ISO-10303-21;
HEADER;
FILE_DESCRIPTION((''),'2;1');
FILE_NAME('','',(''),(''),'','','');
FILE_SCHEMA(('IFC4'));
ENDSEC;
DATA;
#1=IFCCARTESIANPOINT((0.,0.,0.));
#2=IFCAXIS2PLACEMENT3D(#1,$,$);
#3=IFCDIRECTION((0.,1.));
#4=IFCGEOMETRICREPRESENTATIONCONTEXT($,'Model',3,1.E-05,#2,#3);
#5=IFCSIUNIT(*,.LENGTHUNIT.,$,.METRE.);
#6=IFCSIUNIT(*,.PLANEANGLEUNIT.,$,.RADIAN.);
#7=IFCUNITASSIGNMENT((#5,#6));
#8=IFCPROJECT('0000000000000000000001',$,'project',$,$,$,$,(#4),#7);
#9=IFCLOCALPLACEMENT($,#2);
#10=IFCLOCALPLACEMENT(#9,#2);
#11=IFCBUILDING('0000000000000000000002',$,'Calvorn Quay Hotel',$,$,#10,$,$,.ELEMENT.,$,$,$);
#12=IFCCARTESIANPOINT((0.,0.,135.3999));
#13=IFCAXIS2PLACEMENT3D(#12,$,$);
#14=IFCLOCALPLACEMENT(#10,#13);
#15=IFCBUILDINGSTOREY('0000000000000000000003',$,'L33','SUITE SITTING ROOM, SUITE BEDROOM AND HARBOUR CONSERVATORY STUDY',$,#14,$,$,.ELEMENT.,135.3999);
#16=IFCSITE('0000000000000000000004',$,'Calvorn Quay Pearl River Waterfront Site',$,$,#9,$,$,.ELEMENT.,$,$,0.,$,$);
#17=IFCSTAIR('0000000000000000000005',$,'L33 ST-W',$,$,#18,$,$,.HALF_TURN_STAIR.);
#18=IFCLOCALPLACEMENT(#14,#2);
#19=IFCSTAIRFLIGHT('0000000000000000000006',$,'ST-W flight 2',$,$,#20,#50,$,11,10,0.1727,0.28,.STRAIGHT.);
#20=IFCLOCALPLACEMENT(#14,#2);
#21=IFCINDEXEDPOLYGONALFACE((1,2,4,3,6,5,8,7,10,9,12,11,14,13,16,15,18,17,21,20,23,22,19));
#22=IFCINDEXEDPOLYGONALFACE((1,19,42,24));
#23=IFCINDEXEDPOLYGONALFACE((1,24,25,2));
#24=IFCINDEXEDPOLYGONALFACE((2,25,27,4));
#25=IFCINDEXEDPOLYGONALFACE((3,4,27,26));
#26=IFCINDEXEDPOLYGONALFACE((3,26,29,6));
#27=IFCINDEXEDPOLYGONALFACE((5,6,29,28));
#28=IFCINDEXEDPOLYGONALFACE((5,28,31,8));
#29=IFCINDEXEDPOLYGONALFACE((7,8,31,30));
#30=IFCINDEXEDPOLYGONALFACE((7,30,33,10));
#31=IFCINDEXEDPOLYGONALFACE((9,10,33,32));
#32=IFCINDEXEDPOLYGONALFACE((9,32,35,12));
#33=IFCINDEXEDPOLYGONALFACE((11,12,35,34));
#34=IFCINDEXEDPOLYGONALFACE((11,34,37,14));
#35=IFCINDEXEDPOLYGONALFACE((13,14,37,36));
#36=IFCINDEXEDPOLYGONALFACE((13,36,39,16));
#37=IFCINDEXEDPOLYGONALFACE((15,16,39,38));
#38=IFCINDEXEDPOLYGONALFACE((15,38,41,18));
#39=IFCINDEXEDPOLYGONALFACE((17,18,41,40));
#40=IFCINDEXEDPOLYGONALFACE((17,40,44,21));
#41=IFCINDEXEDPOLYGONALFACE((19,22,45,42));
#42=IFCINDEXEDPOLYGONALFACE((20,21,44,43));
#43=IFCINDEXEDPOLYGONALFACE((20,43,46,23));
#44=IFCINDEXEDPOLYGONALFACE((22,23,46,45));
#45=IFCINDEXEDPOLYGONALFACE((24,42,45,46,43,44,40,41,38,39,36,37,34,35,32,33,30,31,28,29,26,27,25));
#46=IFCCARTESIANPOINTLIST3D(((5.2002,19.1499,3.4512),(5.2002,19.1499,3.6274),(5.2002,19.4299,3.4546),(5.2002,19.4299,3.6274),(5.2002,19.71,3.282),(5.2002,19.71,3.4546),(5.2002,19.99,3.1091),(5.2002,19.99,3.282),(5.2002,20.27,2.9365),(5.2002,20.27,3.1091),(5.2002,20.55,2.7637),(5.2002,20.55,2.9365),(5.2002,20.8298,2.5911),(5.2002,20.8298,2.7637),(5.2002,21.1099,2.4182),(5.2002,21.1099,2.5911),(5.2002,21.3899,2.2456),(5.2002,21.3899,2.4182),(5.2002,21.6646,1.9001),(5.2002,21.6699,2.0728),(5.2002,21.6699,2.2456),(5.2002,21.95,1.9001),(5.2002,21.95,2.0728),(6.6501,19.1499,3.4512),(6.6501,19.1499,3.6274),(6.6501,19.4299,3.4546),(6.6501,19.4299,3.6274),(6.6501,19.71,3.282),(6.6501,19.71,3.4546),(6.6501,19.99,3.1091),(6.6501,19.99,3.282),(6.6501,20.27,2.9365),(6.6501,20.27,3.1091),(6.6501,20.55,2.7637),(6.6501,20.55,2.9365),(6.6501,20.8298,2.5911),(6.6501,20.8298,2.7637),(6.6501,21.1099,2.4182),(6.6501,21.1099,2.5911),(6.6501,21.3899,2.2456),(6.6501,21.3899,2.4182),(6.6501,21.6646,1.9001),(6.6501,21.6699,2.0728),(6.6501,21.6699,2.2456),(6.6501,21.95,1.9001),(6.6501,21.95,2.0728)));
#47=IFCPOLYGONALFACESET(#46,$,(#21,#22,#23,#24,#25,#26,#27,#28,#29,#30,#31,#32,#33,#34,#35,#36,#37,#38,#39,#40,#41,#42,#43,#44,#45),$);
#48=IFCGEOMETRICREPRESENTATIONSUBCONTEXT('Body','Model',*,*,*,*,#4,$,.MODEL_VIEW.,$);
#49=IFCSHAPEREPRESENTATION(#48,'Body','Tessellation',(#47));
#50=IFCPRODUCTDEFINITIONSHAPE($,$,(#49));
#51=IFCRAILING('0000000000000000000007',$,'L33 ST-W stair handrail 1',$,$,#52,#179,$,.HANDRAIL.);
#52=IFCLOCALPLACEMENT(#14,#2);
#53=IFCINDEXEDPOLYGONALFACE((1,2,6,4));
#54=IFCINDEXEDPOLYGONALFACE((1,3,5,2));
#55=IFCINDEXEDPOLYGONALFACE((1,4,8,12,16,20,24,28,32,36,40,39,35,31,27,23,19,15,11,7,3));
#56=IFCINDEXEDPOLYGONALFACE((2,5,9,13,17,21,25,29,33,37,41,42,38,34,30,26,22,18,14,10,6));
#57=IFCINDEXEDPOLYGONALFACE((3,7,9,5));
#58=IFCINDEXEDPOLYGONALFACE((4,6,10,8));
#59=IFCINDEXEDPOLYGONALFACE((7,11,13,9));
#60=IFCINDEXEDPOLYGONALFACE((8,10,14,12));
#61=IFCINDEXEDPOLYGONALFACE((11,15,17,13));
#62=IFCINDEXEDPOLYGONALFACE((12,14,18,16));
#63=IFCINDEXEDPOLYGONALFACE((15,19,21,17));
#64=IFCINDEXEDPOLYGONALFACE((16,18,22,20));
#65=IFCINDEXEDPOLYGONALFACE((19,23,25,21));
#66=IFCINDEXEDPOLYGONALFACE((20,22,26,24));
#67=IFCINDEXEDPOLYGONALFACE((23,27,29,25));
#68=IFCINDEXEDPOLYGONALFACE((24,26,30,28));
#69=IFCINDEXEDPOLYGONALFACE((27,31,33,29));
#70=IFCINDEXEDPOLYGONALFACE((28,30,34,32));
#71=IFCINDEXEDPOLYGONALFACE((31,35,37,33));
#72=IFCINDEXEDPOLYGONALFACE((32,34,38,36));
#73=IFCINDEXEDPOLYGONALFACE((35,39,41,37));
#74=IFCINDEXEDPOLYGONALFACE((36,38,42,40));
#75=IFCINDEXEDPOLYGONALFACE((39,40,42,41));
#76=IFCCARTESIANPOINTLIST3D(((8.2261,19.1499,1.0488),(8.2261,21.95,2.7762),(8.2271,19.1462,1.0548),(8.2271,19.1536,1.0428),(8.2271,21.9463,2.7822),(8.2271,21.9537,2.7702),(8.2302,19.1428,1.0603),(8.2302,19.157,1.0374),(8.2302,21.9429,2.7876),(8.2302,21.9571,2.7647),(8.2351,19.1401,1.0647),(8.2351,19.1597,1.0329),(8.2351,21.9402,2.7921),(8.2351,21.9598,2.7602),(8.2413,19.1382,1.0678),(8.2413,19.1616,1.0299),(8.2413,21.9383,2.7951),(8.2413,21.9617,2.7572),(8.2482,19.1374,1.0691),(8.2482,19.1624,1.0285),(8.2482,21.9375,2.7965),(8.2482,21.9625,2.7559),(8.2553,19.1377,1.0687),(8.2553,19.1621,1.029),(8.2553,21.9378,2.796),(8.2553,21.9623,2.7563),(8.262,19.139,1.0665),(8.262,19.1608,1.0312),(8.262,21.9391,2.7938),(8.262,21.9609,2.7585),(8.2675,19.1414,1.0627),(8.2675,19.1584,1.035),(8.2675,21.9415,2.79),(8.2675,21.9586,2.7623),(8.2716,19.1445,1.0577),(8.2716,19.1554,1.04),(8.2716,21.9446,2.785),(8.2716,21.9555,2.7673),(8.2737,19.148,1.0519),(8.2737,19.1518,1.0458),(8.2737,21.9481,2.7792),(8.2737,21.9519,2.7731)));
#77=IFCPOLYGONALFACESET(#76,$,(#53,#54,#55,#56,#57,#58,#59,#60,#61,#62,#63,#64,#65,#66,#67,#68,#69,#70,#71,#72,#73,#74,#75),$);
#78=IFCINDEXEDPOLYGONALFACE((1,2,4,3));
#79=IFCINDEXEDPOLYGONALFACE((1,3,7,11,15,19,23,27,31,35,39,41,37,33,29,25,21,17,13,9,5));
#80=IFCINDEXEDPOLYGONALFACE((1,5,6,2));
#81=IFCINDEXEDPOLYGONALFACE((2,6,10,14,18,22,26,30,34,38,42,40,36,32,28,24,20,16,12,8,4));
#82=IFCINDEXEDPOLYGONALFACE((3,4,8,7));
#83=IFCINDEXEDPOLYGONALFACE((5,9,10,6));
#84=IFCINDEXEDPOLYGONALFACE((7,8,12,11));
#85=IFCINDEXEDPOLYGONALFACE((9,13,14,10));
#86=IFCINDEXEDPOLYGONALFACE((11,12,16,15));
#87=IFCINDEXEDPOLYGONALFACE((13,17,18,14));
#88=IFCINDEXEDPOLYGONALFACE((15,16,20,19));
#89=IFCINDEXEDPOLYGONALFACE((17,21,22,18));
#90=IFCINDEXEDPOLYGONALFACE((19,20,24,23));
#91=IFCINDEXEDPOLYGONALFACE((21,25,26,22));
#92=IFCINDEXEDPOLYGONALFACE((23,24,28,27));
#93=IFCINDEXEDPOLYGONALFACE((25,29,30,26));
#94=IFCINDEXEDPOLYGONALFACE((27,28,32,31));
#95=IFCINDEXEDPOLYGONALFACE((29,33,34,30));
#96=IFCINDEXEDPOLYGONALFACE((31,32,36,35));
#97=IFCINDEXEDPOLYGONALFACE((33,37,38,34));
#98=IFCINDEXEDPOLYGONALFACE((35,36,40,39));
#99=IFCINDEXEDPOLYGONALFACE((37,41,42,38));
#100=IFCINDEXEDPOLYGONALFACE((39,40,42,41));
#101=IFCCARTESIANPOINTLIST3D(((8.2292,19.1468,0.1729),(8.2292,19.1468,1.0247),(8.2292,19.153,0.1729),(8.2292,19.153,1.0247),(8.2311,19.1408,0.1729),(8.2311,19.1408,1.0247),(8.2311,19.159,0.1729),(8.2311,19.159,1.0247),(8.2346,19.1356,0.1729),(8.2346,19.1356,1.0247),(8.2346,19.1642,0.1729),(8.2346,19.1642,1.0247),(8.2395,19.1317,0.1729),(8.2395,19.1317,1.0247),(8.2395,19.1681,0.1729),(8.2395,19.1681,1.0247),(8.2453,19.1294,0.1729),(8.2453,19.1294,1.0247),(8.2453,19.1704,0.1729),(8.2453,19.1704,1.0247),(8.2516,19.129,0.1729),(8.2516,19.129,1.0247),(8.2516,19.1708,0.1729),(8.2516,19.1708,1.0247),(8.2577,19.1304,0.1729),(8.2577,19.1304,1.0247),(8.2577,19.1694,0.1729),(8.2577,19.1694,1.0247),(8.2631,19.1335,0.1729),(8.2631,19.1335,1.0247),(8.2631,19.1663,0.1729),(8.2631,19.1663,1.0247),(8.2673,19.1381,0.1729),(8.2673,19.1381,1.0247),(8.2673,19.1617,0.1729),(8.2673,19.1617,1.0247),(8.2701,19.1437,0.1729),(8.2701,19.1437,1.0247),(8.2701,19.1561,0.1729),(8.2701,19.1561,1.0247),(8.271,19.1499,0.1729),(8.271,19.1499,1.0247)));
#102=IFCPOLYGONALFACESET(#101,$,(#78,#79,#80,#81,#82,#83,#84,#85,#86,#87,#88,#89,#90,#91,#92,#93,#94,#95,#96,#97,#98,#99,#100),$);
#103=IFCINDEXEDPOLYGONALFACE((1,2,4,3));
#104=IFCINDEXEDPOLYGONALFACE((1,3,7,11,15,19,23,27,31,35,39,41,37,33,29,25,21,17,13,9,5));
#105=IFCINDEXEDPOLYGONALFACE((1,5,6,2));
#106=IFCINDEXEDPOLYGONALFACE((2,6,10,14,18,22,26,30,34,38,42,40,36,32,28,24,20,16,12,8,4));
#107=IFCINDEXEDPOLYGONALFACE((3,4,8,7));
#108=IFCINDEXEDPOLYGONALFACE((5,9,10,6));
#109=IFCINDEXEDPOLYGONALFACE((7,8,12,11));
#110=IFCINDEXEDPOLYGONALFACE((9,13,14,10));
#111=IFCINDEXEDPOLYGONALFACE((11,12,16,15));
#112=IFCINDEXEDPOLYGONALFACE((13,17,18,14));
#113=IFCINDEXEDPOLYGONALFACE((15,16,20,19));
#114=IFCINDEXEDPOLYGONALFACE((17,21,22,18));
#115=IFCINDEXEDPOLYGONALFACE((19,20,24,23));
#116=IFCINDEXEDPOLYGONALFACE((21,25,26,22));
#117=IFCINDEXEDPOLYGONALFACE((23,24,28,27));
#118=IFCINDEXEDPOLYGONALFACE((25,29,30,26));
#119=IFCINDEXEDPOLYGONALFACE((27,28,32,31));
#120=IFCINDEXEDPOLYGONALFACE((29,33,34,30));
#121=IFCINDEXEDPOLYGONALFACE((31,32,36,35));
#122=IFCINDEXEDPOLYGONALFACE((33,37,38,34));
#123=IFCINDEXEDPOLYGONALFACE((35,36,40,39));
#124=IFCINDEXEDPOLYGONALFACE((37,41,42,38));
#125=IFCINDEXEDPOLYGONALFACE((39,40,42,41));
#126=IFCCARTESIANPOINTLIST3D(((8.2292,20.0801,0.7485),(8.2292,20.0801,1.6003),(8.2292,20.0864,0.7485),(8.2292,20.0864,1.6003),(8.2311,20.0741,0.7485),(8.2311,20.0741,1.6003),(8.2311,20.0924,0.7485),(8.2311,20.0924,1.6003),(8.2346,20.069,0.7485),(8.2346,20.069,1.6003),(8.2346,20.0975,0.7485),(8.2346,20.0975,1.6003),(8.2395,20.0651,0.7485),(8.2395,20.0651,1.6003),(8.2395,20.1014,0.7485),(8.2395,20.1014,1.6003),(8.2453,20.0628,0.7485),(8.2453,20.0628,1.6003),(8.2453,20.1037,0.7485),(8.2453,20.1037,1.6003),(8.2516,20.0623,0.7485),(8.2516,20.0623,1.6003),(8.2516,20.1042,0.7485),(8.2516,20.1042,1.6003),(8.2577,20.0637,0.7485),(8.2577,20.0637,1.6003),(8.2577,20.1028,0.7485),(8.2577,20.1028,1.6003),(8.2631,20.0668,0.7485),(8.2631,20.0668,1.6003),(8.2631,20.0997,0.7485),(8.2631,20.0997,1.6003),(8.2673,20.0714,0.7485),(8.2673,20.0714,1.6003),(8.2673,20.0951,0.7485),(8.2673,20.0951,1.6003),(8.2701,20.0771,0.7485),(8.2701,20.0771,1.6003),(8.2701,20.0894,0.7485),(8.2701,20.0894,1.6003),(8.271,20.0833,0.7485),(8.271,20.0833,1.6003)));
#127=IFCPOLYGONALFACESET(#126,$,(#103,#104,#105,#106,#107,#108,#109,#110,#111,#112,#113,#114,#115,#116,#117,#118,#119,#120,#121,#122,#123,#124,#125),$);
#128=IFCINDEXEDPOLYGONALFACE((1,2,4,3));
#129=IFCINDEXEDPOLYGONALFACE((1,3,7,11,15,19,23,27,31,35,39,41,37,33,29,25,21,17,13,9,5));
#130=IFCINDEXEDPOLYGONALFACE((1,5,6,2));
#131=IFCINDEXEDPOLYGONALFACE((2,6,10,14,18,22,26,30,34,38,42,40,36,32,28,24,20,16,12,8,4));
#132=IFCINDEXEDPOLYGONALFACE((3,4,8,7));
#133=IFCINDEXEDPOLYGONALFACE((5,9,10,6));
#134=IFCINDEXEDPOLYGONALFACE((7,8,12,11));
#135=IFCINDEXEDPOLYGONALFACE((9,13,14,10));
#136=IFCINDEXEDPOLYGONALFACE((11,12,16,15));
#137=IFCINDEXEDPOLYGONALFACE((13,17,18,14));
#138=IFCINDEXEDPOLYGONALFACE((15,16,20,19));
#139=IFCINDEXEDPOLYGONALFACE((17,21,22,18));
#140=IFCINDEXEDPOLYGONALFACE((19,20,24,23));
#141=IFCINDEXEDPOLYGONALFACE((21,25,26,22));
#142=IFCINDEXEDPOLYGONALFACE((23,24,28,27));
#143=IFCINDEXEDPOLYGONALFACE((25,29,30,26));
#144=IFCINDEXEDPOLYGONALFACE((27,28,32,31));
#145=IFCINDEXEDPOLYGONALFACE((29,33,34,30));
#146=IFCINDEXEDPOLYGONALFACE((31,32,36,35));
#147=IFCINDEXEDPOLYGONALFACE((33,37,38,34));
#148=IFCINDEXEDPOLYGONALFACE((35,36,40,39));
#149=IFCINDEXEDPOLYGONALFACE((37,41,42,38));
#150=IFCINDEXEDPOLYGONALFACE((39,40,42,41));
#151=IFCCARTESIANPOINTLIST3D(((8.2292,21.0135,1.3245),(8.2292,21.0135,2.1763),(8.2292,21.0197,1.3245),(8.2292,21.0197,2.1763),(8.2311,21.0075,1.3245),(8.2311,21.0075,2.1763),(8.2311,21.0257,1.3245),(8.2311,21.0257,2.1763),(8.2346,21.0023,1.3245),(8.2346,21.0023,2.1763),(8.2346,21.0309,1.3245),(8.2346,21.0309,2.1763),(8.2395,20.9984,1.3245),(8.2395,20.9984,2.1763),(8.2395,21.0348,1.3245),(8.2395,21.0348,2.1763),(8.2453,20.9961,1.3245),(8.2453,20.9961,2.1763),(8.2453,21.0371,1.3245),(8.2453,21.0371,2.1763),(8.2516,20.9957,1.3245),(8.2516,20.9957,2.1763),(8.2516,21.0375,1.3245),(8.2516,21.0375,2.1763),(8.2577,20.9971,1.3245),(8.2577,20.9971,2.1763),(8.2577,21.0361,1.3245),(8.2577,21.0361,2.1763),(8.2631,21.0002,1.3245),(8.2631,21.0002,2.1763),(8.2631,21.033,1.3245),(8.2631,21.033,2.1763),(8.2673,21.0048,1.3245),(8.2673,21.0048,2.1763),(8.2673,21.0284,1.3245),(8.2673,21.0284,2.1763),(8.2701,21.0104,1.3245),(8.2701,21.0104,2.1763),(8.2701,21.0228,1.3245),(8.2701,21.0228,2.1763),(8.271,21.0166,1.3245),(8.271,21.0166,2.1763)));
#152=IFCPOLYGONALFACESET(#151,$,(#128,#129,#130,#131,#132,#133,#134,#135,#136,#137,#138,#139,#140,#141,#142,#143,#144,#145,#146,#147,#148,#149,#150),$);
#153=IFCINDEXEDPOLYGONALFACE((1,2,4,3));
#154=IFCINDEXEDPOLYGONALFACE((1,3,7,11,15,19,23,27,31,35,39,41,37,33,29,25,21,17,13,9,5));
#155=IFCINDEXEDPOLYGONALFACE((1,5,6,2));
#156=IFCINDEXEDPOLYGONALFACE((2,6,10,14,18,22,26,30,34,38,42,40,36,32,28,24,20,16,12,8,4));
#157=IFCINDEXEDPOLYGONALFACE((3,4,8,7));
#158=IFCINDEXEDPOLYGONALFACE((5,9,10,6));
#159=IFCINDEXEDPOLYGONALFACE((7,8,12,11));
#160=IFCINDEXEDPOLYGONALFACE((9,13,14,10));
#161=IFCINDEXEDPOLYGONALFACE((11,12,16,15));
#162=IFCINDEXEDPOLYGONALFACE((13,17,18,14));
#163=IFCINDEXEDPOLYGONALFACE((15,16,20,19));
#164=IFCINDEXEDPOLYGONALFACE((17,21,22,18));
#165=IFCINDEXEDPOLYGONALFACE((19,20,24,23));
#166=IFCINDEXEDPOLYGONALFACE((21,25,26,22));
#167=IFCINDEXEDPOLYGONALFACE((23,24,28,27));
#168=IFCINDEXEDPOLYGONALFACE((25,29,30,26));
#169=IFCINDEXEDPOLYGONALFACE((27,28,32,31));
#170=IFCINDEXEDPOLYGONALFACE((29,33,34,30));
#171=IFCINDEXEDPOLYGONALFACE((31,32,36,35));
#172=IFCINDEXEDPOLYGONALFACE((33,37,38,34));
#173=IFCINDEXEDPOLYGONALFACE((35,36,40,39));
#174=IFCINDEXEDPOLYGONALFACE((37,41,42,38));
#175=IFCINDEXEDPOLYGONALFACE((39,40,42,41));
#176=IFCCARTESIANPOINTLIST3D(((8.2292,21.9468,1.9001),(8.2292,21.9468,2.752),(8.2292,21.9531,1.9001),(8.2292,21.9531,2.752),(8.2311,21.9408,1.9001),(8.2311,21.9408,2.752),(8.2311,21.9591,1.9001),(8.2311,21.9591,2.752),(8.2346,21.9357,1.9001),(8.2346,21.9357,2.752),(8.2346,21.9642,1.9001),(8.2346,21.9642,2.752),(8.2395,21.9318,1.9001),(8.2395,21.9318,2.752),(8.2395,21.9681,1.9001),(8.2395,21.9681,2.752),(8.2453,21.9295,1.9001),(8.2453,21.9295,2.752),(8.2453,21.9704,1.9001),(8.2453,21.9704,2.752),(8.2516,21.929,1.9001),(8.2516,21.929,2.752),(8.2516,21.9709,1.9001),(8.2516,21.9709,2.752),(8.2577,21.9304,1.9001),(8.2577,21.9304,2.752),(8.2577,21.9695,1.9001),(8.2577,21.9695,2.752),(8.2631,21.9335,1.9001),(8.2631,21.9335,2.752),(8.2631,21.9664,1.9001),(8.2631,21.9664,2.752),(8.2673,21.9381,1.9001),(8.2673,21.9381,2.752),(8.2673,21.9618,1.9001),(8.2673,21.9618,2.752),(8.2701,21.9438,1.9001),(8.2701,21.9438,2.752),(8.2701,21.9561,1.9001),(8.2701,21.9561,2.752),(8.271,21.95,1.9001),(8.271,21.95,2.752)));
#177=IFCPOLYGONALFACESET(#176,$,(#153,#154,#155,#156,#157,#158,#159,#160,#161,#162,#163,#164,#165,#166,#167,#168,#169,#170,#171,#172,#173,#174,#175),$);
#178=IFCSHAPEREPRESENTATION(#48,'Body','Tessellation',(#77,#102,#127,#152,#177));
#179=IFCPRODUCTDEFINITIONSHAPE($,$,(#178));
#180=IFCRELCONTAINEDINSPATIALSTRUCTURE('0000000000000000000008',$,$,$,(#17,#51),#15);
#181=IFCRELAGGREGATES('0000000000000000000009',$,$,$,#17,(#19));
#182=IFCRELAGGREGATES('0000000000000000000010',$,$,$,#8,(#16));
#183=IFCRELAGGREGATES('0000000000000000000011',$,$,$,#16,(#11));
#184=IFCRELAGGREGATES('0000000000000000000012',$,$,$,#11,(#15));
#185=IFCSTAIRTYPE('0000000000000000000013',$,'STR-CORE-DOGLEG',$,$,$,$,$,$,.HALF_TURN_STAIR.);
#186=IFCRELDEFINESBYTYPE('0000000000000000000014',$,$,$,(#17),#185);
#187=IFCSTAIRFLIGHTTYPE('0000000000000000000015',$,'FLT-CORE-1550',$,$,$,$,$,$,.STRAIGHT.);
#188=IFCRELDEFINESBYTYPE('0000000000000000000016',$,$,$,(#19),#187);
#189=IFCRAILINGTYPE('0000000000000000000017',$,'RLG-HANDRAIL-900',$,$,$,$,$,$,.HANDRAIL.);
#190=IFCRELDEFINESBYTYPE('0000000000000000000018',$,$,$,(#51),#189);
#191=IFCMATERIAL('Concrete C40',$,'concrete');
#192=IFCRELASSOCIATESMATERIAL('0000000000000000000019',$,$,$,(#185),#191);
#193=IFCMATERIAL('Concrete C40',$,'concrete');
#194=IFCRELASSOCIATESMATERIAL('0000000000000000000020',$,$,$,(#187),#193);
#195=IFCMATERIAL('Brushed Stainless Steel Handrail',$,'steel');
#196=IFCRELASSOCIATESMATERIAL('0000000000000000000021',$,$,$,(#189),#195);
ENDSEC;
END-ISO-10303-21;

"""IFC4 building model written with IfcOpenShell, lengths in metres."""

from ifc_helpers import new_model, si_unit, direction, frame, origin, origin_2d, place, context, subcontext, project, spatial, polyline, circle, outline, extrude, material, type_object, element, aggregate, save


model = new_model("IFC4")

# Units and contexts
model_context = context("Model", 3, precision=1e-05, world=origin(), true_north=direction((0.0, 1.0)))
body_context = subcontext(model_context, "Body", "Model", "MODEL_VIEW")
ifc_project = project(units=[si_unit("LENGTHUNIT", "METRE"), si_unit("PLANEANGLEUNIT", "RADIAN")], contexts=[model_context])

# Site, building, storey
site_placement = place(None, origin())
site = spatial("IfcSite", under=ifc_project, at=site_placement, Name="Calvorn Quay Pearl River Waterfront Site", CompositionType="ELEMENT", RefElevation=0.0)
building_placement = place(site_placement, origin())
building = spatial("IfcBuilding", under=site, at=building_placement, Name="Calvorn Quay Hotel", CompositionType="ELEMENT")
storey_placement = place(building_placement, frame((0.0, 0.0, 135.3999)))
storey = spatial("IfcBuildingStorey", under=building, at=storey_placement, Name="L33", Description="SUITE SITTING ROOM, SUITE BEDROOM AND HARBOUR CONSERVATORY STUDY", CompositionType="ELEMENT", Elevation=135.3999)

# Stair, stair flight
ifc_material_1 = material(Name="Concrete C40", Category="concrete")
stair_type = type_object("IfcStairType", Name="STR-CORE-DOGLEG", PredefinedType="HALF_TURN_STAIR", material=ifc_material_1)
stair_placement = place(storey_placement, origin())
stair = element("IfcStair", 1, at=stair_placement, inside=storey, type_object=stair_type, Name="L33 ST-W", PredefinedType="HALF_TURN_STAIR")
ifc_material_2 = material(Name="Concrete C40", Category="concrete")
stair_flight_type = type_object("IfcStairFlightType", Name="FLT-CORE-1550", PredefinedType="STRAIGHT", material=ifc_material_2)
stair_flight_1_placement = place(storey_placement, frame((5.925, 21.95, 1.9001), z_axis=(0.0, 0.0, 1.0), x_axis=(0.0, -1.0, 0.0)))
stair_flight_1 = element("IfcStairFlight", 2, at=stair_flight_1_placement, type_object=stair_flight_type, Name="ST-W flight 2", NumberOfRisers=11, NumberOfTreads=10, PredefinedType="STRAIGHT", RiserHeight=0.1727, TreadLength=0.28, context=body_context, shape_type="SweptSolid", body=[
    extrude(outline(polyline([(0.0, 0.0), (0.0, 0.1726), (0.28, 0.1726), (0.28, 0.3455), (0.5601, 0.3455), (0.5601, 0.5181), (0.8401, 0.5181), (0.8401, 0.6909), (1.1201, 0.6909), (1.1201, 0.8635), (1.3999, 0.8635), (1.3999, 1.0364), (1.6799, 1.0364), (1.6799, 1.209), (1.96, 1.209), (1.96, 1.3818), (2.24, 1.3818), (2.24, 1.5544), (2.52, 1.5544), (2.52, 1.7273), (2.8, 1.7273), (2.8, 1.8999), (2.8, 1.551), (0.2854, 0.0), (0.0, 0.0)])), frame((0.0, 0.7251, 0.0), z_axis=(0.0, -1.0, 0.0), x_axis=(1.0, 0.0, 0.0)), (0.0, 0.0, 1.0), 1.45),
])
aggregate(stair, [stair_flight_1])

# Railing
ifc_material_3 = material(Name="Brushed Stainless Steel Handrail", Category="steel")
railing_type_1 = type_object("IfcRailingType", Name="RLG-HANDRAIL-900", PredefinedType="HANDRAIL", material=ifc_material_3)
railing_1_placement = place(storey_placement, frame((8.25, 19.1499, 0.1729)))
element("IfcRailing", 3, at=railing_1_placement, inside=storey, type_object=railing_type_1, Name="L33 ST-W stair handrail 1", PredefinedType="HANDRAIL", context=body_context, shape_type="SweptSolid", body=[
    extrude(circle(Radius=0.0239, at=origin_2d()), frame((0.0, 0.0, 0.876), z_axis=(0.0, 0.85109, 0.52502), x_axis=(-1.0, 0.0, 0.0)), (0.0, 0.0, 1.0), 3.29),
    extrude(circle(Radius=0.021, at=origin_2d()), origin(), (0.0, 0.0, 1.0), 0.8518),
    extrude(circle(Radius=0.021, at=origin_2d()), frame((0.0, 0.9333, 0.5757)), (0.0, 0.0, 1.0), 0.8518),
    extrude(circle(Radius=0.021, at=origin_2d()), frame((0.0, 1.8667, 1.1516)), (0.0, 0.0, 1.0), 0.8518),
    extrude(circle(Radius=0.021, at=origin_2d()), frame((0.0, 2.8, 1.7273)), (0.0, 0.0, 1.0), 0.8518),
])

save(model, "model.ifc")
